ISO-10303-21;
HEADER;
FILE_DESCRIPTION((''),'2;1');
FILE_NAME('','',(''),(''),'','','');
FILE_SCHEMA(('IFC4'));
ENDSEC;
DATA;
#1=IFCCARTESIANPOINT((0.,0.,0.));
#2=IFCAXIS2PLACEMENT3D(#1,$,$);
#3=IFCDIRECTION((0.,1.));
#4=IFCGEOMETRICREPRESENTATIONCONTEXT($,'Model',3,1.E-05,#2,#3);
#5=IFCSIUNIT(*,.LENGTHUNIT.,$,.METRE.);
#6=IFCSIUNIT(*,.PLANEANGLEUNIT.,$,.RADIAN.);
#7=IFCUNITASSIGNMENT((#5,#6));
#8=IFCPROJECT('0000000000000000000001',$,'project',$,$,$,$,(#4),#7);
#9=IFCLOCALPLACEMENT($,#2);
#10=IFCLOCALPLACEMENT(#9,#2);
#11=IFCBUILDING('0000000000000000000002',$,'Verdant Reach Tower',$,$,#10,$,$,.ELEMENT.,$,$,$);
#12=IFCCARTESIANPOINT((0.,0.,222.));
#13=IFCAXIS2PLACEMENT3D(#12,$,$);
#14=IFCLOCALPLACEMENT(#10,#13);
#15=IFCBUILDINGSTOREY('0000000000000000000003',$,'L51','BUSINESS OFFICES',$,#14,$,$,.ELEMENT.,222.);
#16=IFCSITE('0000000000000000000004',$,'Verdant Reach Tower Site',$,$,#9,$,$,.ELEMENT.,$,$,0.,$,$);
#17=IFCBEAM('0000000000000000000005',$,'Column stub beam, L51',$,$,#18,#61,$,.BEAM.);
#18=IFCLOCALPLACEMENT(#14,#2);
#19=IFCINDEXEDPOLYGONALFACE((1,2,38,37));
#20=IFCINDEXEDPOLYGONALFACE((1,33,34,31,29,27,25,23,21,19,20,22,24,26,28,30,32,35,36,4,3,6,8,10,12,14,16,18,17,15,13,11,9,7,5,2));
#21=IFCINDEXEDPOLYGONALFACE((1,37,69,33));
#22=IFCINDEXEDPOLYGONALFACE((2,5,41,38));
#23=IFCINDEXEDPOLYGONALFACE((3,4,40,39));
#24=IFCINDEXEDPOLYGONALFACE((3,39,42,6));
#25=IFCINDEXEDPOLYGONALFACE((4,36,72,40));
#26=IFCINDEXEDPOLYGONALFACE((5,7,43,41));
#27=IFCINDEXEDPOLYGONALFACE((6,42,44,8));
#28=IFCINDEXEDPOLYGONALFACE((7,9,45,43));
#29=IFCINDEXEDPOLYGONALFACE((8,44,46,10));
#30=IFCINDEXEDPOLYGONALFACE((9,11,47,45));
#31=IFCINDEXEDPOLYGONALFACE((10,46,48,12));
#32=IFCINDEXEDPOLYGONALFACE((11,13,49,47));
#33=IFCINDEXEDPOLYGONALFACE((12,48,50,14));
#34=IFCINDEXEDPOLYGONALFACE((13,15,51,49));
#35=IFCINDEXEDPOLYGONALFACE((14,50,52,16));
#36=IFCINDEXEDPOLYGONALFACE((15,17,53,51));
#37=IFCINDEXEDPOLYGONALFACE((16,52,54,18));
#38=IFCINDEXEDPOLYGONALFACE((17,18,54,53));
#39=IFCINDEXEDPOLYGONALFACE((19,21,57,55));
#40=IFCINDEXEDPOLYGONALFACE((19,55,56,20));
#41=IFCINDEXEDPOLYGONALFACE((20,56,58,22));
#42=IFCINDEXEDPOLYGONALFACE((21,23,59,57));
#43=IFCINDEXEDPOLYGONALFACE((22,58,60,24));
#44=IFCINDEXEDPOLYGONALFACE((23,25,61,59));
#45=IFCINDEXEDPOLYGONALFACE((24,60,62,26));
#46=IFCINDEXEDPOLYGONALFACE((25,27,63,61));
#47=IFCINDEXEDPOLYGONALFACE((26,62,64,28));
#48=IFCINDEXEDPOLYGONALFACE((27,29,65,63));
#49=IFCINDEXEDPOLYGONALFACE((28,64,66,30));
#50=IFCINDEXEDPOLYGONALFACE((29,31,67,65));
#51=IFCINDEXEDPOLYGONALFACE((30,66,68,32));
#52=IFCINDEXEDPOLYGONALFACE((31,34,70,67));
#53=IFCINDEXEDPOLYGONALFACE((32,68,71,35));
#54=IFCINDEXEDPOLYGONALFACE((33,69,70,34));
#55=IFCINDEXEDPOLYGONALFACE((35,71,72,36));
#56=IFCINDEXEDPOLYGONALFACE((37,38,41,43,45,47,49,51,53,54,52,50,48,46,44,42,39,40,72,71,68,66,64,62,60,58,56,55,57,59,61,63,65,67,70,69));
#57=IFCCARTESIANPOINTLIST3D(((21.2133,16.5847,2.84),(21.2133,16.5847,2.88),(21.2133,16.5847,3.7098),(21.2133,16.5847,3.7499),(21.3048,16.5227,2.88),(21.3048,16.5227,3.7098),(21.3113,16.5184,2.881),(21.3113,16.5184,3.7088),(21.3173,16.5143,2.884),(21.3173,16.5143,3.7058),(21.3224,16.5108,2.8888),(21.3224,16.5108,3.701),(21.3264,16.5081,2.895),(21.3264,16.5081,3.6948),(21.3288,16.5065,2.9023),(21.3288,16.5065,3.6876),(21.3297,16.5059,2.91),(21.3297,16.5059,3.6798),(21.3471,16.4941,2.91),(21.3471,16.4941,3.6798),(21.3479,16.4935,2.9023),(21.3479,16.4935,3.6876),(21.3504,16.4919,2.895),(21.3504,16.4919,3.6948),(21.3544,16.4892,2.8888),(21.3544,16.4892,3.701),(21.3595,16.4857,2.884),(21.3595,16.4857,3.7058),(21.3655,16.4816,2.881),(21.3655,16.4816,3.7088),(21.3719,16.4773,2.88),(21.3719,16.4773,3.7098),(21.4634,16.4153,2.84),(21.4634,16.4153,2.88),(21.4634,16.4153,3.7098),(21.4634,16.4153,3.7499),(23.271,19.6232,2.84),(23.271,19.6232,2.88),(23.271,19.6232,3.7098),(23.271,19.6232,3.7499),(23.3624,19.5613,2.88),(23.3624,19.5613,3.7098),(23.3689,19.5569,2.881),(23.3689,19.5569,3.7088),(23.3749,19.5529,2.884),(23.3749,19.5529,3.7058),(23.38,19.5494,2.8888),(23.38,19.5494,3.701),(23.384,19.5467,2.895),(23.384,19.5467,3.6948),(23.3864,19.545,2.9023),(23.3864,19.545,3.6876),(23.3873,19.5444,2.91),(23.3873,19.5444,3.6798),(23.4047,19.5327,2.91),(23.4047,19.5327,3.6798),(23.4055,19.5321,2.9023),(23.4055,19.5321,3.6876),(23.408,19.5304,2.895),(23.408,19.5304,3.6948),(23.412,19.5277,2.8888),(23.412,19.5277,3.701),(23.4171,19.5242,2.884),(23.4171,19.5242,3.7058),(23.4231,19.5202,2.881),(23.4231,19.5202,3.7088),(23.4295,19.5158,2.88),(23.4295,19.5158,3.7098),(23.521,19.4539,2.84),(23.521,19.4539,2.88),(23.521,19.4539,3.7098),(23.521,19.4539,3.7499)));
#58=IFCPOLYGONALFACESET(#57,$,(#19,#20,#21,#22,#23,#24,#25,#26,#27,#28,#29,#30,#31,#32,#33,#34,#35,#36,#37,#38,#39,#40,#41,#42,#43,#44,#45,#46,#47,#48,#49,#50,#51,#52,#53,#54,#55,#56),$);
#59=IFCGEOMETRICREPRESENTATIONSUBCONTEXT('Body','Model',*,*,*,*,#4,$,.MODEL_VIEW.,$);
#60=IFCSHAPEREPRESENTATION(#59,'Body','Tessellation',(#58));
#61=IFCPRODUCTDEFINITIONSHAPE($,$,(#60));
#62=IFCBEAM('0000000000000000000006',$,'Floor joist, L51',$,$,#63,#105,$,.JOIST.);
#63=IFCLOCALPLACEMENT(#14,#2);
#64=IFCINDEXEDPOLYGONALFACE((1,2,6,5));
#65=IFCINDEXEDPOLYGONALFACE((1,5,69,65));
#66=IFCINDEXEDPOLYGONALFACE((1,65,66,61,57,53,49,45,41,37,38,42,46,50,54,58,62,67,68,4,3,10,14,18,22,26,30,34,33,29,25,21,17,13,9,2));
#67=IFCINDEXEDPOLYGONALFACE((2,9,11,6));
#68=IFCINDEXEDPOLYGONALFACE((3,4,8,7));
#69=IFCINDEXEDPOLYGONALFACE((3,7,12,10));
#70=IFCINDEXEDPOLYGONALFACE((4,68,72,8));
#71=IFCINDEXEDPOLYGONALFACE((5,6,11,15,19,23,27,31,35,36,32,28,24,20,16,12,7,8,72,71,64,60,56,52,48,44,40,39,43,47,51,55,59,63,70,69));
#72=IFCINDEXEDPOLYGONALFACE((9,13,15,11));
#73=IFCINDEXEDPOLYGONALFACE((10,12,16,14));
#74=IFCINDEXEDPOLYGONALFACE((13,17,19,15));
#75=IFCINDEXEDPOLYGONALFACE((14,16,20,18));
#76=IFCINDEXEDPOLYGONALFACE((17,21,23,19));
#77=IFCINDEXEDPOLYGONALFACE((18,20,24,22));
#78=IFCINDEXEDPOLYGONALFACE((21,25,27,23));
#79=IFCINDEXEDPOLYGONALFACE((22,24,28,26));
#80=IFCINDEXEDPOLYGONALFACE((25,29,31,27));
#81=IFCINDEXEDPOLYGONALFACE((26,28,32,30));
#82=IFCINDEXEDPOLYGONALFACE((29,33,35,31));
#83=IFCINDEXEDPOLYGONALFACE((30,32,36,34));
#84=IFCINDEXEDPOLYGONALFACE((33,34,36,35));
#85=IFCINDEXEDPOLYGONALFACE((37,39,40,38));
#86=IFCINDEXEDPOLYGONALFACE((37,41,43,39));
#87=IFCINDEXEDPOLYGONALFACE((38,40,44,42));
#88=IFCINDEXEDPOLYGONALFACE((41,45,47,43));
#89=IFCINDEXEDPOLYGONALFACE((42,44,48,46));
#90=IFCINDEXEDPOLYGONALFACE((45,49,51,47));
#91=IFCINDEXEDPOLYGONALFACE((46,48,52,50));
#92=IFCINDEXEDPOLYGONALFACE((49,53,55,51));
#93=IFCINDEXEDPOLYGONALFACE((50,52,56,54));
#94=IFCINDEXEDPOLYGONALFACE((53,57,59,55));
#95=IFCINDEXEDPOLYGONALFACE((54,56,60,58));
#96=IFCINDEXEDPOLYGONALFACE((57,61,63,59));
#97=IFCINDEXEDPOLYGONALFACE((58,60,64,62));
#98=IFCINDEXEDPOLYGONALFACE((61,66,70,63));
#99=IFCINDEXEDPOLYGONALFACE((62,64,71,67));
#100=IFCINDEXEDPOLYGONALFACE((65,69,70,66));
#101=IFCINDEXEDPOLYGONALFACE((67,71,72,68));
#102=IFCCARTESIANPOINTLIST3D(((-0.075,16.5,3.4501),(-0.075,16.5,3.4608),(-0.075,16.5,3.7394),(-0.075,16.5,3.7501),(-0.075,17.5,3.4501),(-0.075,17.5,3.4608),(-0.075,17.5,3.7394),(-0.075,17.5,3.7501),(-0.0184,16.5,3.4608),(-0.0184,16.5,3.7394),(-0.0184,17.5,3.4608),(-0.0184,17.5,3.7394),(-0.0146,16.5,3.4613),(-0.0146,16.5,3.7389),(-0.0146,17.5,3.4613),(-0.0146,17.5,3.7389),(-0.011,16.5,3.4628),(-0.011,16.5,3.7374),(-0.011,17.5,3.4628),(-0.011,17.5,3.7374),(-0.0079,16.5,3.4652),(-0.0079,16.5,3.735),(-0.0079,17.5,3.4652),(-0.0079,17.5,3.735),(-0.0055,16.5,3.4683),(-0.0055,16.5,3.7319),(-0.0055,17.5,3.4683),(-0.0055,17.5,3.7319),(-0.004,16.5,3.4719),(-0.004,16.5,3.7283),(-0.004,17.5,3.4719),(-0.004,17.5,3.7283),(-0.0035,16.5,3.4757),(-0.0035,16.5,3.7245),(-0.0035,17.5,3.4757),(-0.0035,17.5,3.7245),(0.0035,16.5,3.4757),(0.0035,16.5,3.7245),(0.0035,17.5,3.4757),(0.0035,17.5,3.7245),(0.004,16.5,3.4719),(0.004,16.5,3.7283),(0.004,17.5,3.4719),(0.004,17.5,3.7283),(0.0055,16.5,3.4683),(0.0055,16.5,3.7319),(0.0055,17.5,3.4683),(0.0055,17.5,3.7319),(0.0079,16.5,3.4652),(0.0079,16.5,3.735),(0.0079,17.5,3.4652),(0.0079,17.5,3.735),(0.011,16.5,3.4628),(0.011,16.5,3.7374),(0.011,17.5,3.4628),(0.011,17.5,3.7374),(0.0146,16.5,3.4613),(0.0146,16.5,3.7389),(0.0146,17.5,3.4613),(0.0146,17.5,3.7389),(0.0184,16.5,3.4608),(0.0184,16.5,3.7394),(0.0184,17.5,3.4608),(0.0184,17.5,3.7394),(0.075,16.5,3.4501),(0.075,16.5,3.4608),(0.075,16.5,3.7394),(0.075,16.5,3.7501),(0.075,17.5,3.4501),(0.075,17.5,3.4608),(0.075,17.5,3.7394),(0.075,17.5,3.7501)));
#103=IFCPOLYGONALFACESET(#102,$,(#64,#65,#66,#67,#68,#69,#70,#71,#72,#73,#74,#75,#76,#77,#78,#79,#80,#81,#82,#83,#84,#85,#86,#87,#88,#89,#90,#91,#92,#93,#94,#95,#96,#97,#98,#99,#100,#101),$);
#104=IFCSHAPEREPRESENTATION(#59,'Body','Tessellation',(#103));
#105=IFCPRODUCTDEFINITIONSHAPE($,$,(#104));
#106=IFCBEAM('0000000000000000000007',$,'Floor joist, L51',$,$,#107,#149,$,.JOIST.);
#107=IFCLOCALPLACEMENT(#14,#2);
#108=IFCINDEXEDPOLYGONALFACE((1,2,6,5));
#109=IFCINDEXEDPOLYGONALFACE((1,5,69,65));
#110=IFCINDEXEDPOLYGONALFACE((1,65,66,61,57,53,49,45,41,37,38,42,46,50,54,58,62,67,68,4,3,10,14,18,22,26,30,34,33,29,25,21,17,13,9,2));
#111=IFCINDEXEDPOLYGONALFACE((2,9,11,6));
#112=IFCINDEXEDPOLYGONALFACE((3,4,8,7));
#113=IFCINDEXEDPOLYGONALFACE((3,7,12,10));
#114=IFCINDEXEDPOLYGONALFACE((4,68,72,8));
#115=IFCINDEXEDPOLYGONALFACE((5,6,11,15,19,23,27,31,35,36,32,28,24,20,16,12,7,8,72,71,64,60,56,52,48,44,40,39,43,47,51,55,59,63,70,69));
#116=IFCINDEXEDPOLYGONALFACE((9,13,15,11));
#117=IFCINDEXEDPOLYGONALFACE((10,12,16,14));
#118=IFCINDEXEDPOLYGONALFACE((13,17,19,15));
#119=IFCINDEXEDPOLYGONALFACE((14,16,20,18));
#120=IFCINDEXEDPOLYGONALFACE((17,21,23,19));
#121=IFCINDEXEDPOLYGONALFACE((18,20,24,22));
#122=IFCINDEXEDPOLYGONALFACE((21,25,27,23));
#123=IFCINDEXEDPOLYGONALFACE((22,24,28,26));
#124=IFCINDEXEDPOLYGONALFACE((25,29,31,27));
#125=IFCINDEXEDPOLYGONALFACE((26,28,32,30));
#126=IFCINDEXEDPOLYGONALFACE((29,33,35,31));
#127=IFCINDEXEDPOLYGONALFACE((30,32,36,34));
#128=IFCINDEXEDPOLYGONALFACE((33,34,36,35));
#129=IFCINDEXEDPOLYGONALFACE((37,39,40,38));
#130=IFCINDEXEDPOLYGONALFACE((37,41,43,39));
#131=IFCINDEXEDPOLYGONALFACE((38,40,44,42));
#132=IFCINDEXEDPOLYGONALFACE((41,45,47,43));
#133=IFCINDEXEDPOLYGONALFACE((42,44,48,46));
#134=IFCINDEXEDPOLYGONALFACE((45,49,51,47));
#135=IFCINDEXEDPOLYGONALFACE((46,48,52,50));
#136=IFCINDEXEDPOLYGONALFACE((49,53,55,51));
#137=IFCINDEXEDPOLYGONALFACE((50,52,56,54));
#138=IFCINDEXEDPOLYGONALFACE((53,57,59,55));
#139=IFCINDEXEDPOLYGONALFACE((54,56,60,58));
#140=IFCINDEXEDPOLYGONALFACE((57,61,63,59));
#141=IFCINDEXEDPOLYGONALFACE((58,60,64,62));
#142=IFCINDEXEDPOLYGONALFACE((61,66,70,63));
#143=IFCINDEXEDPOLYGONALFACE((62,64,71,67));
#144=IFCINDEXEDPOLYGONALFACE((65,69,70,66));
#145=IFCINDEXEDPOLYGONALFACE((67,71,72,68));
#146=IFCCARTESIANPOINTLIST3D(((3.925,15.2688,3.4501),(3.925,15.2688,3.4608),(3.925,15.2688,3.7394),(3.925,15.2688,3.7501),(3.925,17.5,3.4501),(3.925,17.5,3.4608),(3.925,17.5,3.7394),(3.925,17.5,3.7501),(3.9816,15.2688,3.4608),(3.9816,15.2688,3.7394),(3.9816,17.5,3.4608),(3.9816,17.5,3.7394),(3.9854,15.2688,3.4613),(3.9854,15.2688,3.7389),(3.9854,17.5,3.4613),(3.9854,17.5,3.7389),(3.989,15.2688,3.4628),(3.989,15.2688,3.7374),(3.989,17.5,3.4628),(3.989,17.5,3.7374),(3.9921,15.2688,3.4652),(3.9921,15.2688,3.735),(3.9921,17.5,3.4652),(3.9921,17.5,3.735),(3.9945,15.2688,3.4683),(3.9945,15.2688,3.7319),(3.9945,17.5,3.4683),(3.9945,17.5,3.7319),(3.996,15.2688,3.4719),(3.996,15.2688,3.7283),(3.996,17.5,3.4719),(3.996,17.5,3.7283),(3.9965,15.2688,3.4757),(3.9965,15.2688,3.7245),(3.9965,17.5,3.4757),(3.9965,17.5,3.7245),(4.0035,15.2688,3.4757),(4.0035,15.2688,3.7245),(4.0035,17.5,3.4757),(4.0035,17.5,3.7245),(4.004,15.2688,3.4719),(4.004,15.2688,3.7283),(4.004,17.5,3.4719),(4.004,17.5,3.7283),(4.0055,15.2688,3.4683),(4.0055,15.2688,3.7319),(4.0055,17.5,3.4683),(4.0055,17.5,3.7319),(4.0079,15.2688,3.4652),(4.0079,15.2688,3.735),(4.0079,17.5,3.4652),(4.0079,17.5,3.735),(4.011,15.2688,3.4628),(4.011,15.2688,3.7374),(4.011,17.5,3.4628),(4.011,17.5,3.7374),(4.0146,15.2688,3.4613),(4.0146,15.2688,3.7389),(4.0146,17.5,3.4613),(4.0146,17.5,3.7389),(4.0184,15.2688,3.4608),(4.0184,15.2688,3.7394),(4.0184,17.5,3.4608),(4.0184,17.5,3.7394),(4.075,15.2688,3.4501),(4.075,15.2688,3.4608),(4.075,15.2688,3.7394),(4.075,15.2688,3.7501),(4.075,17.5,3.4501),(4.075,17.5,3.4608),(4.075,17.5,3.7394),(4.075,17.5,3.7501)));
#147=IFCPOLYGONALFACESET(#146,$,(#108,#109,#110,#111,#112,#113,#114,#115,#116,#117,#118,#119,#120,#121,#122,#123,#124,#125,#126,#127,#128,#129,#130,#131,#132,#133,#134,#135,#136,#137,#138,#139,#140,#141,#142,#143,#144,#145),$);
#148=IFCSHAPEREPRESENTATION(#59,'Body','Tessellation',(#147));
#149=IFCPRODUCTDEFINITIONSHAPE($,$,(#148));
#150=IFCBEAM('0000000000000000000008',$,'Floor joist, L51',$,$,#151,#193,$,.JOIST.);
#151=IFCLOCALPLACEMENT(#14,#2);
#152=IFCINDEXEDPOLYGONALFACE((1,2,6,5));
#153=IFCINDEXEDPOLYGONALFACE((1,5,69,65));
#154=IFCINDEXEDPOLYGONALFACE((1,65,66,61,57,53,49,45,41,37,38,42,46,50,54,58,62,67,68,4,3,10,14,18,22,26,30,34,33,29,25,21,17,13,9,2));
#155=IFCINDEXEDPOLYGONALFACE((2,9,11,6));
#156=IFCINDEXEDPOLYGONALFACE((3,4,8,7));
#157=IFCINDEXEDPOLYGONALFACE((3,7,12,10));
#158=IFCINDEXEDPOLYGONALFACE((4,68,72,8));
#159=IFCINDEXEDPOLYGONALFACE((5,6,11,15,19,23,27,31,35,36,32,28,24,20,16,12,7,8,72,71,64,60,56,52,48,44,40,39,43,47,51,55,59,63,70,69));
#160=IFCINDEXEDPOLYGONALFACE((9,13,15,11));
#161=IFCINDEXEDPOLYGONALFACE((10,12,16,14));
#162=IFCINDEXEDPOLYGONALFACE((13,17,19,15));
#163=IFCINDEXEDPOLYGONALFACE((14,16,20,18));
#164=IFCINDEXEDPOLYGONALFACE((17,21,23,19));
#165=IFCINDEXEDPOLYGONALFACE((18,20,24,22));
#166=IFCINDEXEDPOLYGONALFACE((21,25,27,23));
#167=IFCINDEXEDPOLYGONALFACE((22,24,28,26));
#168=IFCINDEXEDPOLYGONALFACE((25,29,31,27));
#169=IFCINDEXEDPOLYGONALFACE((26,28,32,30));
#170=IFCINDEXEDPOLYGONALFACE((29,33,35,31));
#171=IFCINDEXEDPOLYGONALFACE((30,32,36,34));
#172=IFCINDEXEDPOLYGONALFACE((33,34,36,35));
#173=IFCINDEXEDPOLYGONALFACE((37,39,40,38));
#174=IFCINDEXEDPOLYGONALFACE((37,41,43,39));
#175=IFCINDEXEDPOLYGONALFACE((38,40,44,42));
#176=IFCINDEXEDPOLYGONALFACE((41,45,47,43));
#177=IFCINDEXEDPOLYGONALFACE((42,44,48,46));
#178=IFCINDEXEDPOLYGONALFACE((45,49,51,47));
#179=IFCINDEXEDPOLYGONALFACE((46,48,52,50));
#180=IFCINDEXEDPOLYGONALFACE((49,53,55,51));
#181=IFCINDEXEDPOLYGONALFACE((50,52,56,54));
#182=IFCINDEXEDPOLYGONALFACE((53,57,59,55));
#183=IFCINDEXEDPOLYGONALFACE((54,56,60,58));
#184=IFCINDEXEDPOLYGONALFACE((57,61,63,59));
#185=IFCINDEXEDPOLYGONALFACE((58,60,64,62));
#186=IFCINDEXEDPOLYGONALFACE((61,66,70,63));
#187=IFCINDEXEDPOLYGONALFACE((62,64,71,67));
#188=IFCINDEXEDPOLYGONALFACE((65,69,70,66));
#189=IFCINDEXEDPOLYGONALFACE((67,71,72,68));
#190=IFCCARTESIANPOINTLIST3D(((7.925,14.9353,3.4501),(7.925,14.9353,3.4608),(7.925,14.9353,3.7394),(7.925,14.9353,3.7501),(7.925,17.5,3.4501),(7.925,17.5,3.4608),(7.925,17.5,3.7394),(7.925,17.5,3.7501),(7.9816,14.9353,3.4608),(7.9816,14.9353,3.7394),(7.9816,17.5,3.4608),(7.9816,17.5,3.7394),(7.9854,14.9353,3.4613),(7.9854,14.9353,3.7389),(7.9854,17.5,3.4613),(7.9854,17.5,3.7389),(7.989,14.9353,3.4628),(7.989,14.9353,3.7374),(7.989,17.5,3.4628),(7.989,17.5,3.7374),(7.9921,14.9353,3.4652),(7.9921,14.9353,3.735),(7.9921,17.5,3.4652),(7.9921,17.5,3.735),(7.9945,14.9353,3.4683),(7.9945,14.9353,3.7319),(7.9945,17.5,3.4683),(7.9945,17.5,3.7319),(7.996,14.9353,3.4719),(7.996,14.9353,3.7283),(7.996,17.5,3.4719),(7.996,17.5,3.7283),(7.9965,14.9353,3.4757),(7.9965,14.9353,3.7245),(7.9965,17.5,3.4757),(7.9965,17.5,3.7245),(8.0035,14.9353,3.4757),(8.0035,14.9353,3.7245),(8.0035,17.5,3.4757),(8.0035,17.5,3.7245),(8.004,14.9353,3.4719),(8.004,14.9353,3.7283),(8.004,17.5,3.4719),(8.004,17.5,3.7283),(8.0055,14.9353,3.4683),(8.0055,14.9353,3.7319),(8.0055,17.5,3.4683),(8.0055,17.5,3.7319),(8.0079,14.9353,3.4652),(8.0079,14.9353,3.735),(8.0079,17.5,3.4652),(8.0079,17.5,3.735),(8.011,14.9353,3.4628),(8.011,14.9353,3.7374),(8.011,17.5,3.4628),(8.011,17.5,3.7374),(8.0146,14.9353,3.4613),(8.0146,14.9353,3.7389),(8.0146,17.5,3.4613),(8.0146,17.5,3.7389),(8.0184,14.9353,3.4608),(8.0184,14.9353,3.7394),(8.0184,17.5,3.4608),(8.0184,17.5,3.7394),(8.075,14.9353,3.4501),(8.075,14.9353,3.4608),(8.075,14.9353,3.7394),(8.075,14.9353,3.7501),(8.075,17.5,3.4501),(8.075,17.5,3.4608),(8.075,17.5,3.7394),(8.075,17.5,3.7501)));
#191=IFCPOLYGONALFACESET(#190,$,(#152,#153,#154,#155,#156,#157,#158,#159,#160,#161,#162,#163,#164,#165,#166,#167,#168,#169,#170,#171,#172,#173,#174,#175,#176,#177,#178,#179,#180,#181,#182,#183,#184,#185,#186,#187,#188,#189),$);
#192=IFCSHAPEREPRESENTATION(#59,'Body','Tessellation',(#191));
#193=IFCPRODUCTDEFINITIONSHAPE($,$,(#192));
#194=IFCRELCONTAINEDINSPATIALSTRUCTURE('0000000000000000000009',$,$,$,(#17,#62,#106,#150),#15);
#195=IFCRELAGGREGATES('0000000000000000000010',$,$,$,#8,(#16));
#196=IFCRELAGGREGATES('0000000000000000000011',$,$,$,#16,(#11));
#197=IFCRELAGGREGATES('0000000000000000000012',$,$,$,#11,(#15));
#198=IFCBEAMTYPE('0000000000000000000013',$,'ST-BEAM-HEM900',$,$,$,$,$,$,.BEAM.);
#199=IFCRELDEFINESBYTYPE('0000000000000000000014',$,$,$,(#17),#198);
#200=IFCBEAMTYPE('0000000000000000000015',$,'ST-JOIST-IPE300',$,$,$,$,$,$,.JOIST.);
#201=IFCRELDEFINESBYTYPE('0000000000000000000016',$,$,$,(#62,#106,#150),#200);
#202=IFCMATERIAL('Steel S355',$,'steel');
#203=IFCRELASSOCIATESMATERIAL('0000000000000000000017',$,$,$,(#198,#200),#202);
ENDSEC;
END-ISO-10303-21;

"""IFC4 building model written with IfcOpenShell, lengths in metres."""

from ifc_helpers import new_model, si_unit, direction, frame, origin, origin_2d, place, context, subcontext, project, spatial, i_section, extrude, material, material_profile, profile_set, type_object, element, save


model = new_model("IFC4")

# Units and contexts
model_context = context("Model", 3, precision=1e-05, world=origin(), true_north=direction((0.0, 1.0)))
body_context = subcontext(model_context, "Body", "Model", "MODEL_VIEW")
ifc_project = project(units=[si_unit("LENGTHUNIT", "METRE"), si_unit("PLANEANGLEUNIT", "RADIAN")], contexts=[model_context])

# Site, building, storey
site_placement = place(None, origin())
site = spatial("IfcSite", under=ifc_project, at=site_placement, Name="Verdant Reach Tower Site", CompositionType="ELEMENT", RefElevation=0.0)
building_placement = place(site_placement, origin())
building = spatial("IfcBuilding", under=site, at=building_placement, Name="Verdant Reach Tower", CompositionType="ELEMENT")
storey_placement = place(building_placement, frame((0.0, 0.0, 222.0)))
storey = spatial("IfcBuildingStorey", under=building, at=storey_placement, Name="L51", Description="BUSINESS OFFICES", CompositionType="ELEMENT", Elevation=222.0)

# Beams
ifc_material_1 = material(Name="Steel S355", Category="steel")
ifc_material_profile_1 = material_profile(ifc_material_1, i_section(OverallWidth=0.302, OverallDepth=0.9099, WebThickness=0.021, FlangeThickness=0.04, FilletRadius=0.03, at=origin_2d()), Name="HEM 900")
ifc_profile_set_1 = profile_set([ifc_material_profile_1], Name="Steel S355")
beam_type_1 = type_object("IfcBeamType", Name="ST-BEAM-HEM900", PredefinedType="BEAM", material=ifc_profile_set_1)
beam_1_placement = place(storey_placement, frame((21.3384, 16.5, 3.2949), z_axis=(0.560704, 0.828016, 0.0), x_axis=(-0.828016, 0.560704, 0.0)))
element("IfcBeam", 1, at=beam_1_placement, inside=storey, type_object=beam_type_1, Name="Column stub beam, L51", PredefinedType="BEAM", context=body_context, shape_type="SweptSolid", body=[
    extrude(i_section(OverallWidth=0.302, OverallDepth=0.9099, WebThickness=0.021, FlangeThickness=0.04, FilletRadius=0.03, at=origin_2d()), origin(), (0.0, 0.0, 1.0), 3.6697),
])
ifc_material_profile_2 = material_profile(ifc_material_1, i_section(OverallWidth=0.1499, OverallDepth=0.3, WebThickness=0.0071, FlangeThickness=0.0107, FilletRadius=0.0149, at=origin_2d()), Name="IPE 300")
ifc_profile_set_2 = profile_set([ifc_material_profile_2], Name="Steel S355")
beam_type_2 = type_object("IfcBeamType", Name="ST-JOIST-IPE300", PredefinedType="JOIST", material=ifc_profile_set_2)
beam_2_placement = place(storey_placement, frame((0.0, 17.5, 3.6001), z_axis=(0.0, -1.0, 0.0), x_axis=(1.0, 0.0, 0.0)))
element("IfcBeam", 2, at=beam_2_placement, inside=storey, type_object=beam_type_2, Name="Floor joist, L51", PredefinedType="JOIST", context=body_context, shape_type="SweptSolid", body=[
    extrude(i_section(OverallWidth=0.1499, OverallDepth=0.3, WebThickness=0.0071, FlangeThickness=0.0107, FilletRadius=0.0149, at=origin_2d()), origin(), (0.0, 0.0, 1.0), 1.0),
])
beam_3_placement = place(storey_placement, frame((4.0, 17.5, 3.6001), z_axis=(0.0, -1.0, 0.0), x_axis=(1.0, 0.0, 0.0)))
element("IfcBeam", 3, at=beam_3_placement, inside=storey, type_object=beam_type_2, Name="Floor joist, L51", PredefinedType="JOIST", context=body_context, shape_type="SweptSolid", body=[
    extrude(i_section(OverallWidth=0.1499, OverallDepth=0.3, WebThickness=0.0071, FlangeThickness=0.0107, FilletRadius=0.0149, at=origin_2d()), origin(), (0.0, 0.0, 1.0), 2.2312),
])
beam_4_placement = place(storey_placement, frame((8.0, 17.5, 3.6001), z_axis=(0.0, -1.0, 0.0), x_axis=(1.0, 0.0, 0.0)))
element("IfcBeam", 4, at=beam_4_placement, inside=storey, type_object=beam_type_2, Name="Floor joist, L51", PredefinedType="JOIST", context=body_context, shape_type="SweptSolid", body=[
    extrude(i_section(OverallWidth=0.1499, OverallDepth=0.3, WebThickness=0.0071, FlangeThickness=0.0107, FilletRadius=0.0149, at=origin_2d()), origin(), (0.0, 0.0, 1.0), 2.5647),
])

save(model, "model.ifc")
